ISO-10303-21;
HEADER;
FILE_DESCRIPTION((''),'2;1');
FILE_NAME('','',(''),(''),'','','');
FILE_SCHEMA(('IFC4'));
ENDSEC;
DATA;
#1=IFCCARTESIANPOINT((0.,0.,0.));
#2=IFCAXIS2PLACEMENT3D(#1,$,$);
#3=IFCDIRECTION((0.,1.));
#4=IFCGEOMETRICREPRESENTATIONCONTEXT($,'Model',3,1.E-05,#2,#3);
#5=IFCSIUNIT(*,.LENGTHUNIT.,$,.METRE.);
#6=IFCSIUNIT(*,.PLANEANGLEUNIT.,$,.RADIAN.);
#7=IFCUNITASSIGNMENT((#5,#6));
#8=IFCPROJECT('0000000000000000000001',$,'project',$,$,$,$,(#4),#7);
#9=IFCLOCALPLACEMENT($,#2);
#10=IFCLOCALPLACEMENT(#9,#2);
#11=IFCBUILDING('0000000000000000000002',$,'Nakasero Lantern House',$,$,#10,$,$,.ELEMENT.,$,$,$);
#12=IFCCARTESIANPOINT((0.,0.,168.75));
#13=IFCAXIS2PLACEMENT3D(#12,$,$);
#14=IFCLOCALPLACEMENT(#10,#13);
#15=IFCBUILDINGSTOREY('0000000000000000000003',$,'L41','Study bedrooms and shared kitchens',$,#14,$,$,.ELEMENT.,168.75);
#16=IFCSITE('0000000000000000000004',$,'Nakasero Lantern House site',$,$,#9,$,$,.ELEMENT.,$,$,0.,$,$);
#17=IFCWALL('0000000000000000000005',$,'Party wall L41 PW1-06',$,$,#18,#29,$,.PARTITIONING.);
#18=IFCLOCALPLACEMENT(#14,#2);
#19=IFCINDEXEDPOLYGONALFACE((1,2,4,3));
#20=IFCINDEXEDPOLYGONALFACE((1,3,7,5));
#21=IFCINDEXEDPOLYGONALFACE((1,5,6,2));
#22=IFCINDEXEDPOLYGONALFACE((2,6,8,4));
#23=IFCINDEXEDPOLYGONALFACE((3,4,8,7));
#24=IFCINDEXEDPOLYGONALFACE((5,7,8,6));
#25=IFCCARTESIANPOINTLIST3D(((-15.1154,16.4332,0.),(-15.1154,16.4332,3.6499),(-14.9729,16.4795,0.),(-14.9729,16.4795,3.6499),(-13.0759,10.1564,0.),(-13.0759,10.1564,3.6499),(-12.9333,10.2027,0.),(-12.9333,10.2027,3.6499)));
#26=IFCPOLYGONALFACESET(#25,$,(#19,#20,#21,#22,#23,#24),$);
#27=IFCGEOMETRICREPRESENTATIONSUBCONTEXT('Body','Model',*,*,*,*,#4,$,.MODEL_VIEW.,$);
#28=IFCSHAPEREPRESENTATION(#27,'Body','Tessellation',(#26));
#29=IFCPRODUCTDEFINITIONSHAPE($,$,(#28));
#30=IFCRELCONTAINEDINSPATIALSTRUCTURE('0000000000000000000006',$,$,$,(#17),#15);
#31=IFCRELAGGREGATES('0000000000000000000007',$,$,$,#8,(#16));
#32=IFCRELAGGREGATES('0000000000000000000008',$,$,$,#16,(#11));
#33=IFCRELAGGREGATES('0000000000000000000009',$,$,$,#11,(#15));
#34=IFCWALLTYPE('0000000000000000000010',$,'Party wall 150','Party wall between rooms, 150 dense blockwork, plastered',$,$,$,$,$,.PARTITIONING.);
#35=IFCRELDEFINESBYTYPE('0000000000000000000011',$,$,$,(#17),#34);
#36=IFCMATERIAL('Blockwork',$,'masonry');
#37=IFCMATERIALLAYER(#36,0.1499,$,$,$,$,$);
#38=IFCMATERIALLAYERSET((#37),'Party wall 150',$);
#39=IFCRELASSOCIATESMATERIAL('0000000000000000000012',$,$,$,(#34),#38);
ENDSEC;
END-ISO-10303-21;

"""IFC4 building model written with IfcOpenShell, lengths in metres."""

from ifc_helpers import new_model, si_unit, direction, frame, frame_2d, origin, place, context, subcontext, project, spatial, rectangle, extrude, material, layer, layer_set, type_object, element, save


model = new_model("IFC4")

# Units and contexts
model_context = context("Model", 3, precision=1e-05, world=origin(), true_north=direction((0.0, 1.0)))
body_context = subcontext(model_context, "Body", "Model", "MODEL_VIEW")
ifc_project = project(units=[si_unit("LENGTHUNIT", "METRE"), si_unit("PLANEANGLEUNIT", "RADIAN")], contexts=[model_context])

# Site, building, storey
site_placement = place(None, origin())
site = spatial("IfcSite", under=ifc_project, at=site_placement, Name="Nakasero Lantern House site", CompositionType="ELEMENT", RefElevation=0.0)
building_placement = place(site_placement, origin())
building = spatial("IfcBuilding", under=site, at=building_placement, Name="Nakasero Lantern House", CompositionType="ELEMENT")
storey_placement = place(building_placement, frame((0.0, 0.0, 168.75)))
storey = spatial("IfcBuildingStorey", under=building, at=storey_placement, Name="L41", Description="Study bedrooms and shared kitchens", CompositionType="ELEMENT", Elevation=168.75)

# Wall
ifc_material_1 = material(Name="Blockwork", Category="masonry")
ifc_layer_1 = layer(ifc_material_1, 0.1499)
ifc_layer_set_1 = layer_set([ifc_layer_1], Name="Party wall 150")
wall_type_1 = type_object("IfcWallType", Name="Party wall 150", Description="Party wall between rooms, 150 dense blockwork, plastered", PredefinedType="PARTITIONING", material=ifc_layer_set_1)
wall_1_placement = place(storey_placement, frame((-13.0046, 10.1797, 0.0), z_axis=(0.0, 0.0, 1.0), x_axis=(-0.309028, 0.951053, 0.0)))
element("IfcWall", 1, at=wall_1_placement, inside=storey, type_object=wall_type_1, Name="Party wall L41 PW1-06", PredefinedType="PARTITIONING", context=body_context, shape_type="SweptSolid", body=[
    extrude(rectangle(XDim=6.5999, YDim=0.1499, at=frame_2d((3.2998, 0.0))), origin(), (0.0, 0.0, 1.0), 3.6499),
])

save(model, "model.ifc")
